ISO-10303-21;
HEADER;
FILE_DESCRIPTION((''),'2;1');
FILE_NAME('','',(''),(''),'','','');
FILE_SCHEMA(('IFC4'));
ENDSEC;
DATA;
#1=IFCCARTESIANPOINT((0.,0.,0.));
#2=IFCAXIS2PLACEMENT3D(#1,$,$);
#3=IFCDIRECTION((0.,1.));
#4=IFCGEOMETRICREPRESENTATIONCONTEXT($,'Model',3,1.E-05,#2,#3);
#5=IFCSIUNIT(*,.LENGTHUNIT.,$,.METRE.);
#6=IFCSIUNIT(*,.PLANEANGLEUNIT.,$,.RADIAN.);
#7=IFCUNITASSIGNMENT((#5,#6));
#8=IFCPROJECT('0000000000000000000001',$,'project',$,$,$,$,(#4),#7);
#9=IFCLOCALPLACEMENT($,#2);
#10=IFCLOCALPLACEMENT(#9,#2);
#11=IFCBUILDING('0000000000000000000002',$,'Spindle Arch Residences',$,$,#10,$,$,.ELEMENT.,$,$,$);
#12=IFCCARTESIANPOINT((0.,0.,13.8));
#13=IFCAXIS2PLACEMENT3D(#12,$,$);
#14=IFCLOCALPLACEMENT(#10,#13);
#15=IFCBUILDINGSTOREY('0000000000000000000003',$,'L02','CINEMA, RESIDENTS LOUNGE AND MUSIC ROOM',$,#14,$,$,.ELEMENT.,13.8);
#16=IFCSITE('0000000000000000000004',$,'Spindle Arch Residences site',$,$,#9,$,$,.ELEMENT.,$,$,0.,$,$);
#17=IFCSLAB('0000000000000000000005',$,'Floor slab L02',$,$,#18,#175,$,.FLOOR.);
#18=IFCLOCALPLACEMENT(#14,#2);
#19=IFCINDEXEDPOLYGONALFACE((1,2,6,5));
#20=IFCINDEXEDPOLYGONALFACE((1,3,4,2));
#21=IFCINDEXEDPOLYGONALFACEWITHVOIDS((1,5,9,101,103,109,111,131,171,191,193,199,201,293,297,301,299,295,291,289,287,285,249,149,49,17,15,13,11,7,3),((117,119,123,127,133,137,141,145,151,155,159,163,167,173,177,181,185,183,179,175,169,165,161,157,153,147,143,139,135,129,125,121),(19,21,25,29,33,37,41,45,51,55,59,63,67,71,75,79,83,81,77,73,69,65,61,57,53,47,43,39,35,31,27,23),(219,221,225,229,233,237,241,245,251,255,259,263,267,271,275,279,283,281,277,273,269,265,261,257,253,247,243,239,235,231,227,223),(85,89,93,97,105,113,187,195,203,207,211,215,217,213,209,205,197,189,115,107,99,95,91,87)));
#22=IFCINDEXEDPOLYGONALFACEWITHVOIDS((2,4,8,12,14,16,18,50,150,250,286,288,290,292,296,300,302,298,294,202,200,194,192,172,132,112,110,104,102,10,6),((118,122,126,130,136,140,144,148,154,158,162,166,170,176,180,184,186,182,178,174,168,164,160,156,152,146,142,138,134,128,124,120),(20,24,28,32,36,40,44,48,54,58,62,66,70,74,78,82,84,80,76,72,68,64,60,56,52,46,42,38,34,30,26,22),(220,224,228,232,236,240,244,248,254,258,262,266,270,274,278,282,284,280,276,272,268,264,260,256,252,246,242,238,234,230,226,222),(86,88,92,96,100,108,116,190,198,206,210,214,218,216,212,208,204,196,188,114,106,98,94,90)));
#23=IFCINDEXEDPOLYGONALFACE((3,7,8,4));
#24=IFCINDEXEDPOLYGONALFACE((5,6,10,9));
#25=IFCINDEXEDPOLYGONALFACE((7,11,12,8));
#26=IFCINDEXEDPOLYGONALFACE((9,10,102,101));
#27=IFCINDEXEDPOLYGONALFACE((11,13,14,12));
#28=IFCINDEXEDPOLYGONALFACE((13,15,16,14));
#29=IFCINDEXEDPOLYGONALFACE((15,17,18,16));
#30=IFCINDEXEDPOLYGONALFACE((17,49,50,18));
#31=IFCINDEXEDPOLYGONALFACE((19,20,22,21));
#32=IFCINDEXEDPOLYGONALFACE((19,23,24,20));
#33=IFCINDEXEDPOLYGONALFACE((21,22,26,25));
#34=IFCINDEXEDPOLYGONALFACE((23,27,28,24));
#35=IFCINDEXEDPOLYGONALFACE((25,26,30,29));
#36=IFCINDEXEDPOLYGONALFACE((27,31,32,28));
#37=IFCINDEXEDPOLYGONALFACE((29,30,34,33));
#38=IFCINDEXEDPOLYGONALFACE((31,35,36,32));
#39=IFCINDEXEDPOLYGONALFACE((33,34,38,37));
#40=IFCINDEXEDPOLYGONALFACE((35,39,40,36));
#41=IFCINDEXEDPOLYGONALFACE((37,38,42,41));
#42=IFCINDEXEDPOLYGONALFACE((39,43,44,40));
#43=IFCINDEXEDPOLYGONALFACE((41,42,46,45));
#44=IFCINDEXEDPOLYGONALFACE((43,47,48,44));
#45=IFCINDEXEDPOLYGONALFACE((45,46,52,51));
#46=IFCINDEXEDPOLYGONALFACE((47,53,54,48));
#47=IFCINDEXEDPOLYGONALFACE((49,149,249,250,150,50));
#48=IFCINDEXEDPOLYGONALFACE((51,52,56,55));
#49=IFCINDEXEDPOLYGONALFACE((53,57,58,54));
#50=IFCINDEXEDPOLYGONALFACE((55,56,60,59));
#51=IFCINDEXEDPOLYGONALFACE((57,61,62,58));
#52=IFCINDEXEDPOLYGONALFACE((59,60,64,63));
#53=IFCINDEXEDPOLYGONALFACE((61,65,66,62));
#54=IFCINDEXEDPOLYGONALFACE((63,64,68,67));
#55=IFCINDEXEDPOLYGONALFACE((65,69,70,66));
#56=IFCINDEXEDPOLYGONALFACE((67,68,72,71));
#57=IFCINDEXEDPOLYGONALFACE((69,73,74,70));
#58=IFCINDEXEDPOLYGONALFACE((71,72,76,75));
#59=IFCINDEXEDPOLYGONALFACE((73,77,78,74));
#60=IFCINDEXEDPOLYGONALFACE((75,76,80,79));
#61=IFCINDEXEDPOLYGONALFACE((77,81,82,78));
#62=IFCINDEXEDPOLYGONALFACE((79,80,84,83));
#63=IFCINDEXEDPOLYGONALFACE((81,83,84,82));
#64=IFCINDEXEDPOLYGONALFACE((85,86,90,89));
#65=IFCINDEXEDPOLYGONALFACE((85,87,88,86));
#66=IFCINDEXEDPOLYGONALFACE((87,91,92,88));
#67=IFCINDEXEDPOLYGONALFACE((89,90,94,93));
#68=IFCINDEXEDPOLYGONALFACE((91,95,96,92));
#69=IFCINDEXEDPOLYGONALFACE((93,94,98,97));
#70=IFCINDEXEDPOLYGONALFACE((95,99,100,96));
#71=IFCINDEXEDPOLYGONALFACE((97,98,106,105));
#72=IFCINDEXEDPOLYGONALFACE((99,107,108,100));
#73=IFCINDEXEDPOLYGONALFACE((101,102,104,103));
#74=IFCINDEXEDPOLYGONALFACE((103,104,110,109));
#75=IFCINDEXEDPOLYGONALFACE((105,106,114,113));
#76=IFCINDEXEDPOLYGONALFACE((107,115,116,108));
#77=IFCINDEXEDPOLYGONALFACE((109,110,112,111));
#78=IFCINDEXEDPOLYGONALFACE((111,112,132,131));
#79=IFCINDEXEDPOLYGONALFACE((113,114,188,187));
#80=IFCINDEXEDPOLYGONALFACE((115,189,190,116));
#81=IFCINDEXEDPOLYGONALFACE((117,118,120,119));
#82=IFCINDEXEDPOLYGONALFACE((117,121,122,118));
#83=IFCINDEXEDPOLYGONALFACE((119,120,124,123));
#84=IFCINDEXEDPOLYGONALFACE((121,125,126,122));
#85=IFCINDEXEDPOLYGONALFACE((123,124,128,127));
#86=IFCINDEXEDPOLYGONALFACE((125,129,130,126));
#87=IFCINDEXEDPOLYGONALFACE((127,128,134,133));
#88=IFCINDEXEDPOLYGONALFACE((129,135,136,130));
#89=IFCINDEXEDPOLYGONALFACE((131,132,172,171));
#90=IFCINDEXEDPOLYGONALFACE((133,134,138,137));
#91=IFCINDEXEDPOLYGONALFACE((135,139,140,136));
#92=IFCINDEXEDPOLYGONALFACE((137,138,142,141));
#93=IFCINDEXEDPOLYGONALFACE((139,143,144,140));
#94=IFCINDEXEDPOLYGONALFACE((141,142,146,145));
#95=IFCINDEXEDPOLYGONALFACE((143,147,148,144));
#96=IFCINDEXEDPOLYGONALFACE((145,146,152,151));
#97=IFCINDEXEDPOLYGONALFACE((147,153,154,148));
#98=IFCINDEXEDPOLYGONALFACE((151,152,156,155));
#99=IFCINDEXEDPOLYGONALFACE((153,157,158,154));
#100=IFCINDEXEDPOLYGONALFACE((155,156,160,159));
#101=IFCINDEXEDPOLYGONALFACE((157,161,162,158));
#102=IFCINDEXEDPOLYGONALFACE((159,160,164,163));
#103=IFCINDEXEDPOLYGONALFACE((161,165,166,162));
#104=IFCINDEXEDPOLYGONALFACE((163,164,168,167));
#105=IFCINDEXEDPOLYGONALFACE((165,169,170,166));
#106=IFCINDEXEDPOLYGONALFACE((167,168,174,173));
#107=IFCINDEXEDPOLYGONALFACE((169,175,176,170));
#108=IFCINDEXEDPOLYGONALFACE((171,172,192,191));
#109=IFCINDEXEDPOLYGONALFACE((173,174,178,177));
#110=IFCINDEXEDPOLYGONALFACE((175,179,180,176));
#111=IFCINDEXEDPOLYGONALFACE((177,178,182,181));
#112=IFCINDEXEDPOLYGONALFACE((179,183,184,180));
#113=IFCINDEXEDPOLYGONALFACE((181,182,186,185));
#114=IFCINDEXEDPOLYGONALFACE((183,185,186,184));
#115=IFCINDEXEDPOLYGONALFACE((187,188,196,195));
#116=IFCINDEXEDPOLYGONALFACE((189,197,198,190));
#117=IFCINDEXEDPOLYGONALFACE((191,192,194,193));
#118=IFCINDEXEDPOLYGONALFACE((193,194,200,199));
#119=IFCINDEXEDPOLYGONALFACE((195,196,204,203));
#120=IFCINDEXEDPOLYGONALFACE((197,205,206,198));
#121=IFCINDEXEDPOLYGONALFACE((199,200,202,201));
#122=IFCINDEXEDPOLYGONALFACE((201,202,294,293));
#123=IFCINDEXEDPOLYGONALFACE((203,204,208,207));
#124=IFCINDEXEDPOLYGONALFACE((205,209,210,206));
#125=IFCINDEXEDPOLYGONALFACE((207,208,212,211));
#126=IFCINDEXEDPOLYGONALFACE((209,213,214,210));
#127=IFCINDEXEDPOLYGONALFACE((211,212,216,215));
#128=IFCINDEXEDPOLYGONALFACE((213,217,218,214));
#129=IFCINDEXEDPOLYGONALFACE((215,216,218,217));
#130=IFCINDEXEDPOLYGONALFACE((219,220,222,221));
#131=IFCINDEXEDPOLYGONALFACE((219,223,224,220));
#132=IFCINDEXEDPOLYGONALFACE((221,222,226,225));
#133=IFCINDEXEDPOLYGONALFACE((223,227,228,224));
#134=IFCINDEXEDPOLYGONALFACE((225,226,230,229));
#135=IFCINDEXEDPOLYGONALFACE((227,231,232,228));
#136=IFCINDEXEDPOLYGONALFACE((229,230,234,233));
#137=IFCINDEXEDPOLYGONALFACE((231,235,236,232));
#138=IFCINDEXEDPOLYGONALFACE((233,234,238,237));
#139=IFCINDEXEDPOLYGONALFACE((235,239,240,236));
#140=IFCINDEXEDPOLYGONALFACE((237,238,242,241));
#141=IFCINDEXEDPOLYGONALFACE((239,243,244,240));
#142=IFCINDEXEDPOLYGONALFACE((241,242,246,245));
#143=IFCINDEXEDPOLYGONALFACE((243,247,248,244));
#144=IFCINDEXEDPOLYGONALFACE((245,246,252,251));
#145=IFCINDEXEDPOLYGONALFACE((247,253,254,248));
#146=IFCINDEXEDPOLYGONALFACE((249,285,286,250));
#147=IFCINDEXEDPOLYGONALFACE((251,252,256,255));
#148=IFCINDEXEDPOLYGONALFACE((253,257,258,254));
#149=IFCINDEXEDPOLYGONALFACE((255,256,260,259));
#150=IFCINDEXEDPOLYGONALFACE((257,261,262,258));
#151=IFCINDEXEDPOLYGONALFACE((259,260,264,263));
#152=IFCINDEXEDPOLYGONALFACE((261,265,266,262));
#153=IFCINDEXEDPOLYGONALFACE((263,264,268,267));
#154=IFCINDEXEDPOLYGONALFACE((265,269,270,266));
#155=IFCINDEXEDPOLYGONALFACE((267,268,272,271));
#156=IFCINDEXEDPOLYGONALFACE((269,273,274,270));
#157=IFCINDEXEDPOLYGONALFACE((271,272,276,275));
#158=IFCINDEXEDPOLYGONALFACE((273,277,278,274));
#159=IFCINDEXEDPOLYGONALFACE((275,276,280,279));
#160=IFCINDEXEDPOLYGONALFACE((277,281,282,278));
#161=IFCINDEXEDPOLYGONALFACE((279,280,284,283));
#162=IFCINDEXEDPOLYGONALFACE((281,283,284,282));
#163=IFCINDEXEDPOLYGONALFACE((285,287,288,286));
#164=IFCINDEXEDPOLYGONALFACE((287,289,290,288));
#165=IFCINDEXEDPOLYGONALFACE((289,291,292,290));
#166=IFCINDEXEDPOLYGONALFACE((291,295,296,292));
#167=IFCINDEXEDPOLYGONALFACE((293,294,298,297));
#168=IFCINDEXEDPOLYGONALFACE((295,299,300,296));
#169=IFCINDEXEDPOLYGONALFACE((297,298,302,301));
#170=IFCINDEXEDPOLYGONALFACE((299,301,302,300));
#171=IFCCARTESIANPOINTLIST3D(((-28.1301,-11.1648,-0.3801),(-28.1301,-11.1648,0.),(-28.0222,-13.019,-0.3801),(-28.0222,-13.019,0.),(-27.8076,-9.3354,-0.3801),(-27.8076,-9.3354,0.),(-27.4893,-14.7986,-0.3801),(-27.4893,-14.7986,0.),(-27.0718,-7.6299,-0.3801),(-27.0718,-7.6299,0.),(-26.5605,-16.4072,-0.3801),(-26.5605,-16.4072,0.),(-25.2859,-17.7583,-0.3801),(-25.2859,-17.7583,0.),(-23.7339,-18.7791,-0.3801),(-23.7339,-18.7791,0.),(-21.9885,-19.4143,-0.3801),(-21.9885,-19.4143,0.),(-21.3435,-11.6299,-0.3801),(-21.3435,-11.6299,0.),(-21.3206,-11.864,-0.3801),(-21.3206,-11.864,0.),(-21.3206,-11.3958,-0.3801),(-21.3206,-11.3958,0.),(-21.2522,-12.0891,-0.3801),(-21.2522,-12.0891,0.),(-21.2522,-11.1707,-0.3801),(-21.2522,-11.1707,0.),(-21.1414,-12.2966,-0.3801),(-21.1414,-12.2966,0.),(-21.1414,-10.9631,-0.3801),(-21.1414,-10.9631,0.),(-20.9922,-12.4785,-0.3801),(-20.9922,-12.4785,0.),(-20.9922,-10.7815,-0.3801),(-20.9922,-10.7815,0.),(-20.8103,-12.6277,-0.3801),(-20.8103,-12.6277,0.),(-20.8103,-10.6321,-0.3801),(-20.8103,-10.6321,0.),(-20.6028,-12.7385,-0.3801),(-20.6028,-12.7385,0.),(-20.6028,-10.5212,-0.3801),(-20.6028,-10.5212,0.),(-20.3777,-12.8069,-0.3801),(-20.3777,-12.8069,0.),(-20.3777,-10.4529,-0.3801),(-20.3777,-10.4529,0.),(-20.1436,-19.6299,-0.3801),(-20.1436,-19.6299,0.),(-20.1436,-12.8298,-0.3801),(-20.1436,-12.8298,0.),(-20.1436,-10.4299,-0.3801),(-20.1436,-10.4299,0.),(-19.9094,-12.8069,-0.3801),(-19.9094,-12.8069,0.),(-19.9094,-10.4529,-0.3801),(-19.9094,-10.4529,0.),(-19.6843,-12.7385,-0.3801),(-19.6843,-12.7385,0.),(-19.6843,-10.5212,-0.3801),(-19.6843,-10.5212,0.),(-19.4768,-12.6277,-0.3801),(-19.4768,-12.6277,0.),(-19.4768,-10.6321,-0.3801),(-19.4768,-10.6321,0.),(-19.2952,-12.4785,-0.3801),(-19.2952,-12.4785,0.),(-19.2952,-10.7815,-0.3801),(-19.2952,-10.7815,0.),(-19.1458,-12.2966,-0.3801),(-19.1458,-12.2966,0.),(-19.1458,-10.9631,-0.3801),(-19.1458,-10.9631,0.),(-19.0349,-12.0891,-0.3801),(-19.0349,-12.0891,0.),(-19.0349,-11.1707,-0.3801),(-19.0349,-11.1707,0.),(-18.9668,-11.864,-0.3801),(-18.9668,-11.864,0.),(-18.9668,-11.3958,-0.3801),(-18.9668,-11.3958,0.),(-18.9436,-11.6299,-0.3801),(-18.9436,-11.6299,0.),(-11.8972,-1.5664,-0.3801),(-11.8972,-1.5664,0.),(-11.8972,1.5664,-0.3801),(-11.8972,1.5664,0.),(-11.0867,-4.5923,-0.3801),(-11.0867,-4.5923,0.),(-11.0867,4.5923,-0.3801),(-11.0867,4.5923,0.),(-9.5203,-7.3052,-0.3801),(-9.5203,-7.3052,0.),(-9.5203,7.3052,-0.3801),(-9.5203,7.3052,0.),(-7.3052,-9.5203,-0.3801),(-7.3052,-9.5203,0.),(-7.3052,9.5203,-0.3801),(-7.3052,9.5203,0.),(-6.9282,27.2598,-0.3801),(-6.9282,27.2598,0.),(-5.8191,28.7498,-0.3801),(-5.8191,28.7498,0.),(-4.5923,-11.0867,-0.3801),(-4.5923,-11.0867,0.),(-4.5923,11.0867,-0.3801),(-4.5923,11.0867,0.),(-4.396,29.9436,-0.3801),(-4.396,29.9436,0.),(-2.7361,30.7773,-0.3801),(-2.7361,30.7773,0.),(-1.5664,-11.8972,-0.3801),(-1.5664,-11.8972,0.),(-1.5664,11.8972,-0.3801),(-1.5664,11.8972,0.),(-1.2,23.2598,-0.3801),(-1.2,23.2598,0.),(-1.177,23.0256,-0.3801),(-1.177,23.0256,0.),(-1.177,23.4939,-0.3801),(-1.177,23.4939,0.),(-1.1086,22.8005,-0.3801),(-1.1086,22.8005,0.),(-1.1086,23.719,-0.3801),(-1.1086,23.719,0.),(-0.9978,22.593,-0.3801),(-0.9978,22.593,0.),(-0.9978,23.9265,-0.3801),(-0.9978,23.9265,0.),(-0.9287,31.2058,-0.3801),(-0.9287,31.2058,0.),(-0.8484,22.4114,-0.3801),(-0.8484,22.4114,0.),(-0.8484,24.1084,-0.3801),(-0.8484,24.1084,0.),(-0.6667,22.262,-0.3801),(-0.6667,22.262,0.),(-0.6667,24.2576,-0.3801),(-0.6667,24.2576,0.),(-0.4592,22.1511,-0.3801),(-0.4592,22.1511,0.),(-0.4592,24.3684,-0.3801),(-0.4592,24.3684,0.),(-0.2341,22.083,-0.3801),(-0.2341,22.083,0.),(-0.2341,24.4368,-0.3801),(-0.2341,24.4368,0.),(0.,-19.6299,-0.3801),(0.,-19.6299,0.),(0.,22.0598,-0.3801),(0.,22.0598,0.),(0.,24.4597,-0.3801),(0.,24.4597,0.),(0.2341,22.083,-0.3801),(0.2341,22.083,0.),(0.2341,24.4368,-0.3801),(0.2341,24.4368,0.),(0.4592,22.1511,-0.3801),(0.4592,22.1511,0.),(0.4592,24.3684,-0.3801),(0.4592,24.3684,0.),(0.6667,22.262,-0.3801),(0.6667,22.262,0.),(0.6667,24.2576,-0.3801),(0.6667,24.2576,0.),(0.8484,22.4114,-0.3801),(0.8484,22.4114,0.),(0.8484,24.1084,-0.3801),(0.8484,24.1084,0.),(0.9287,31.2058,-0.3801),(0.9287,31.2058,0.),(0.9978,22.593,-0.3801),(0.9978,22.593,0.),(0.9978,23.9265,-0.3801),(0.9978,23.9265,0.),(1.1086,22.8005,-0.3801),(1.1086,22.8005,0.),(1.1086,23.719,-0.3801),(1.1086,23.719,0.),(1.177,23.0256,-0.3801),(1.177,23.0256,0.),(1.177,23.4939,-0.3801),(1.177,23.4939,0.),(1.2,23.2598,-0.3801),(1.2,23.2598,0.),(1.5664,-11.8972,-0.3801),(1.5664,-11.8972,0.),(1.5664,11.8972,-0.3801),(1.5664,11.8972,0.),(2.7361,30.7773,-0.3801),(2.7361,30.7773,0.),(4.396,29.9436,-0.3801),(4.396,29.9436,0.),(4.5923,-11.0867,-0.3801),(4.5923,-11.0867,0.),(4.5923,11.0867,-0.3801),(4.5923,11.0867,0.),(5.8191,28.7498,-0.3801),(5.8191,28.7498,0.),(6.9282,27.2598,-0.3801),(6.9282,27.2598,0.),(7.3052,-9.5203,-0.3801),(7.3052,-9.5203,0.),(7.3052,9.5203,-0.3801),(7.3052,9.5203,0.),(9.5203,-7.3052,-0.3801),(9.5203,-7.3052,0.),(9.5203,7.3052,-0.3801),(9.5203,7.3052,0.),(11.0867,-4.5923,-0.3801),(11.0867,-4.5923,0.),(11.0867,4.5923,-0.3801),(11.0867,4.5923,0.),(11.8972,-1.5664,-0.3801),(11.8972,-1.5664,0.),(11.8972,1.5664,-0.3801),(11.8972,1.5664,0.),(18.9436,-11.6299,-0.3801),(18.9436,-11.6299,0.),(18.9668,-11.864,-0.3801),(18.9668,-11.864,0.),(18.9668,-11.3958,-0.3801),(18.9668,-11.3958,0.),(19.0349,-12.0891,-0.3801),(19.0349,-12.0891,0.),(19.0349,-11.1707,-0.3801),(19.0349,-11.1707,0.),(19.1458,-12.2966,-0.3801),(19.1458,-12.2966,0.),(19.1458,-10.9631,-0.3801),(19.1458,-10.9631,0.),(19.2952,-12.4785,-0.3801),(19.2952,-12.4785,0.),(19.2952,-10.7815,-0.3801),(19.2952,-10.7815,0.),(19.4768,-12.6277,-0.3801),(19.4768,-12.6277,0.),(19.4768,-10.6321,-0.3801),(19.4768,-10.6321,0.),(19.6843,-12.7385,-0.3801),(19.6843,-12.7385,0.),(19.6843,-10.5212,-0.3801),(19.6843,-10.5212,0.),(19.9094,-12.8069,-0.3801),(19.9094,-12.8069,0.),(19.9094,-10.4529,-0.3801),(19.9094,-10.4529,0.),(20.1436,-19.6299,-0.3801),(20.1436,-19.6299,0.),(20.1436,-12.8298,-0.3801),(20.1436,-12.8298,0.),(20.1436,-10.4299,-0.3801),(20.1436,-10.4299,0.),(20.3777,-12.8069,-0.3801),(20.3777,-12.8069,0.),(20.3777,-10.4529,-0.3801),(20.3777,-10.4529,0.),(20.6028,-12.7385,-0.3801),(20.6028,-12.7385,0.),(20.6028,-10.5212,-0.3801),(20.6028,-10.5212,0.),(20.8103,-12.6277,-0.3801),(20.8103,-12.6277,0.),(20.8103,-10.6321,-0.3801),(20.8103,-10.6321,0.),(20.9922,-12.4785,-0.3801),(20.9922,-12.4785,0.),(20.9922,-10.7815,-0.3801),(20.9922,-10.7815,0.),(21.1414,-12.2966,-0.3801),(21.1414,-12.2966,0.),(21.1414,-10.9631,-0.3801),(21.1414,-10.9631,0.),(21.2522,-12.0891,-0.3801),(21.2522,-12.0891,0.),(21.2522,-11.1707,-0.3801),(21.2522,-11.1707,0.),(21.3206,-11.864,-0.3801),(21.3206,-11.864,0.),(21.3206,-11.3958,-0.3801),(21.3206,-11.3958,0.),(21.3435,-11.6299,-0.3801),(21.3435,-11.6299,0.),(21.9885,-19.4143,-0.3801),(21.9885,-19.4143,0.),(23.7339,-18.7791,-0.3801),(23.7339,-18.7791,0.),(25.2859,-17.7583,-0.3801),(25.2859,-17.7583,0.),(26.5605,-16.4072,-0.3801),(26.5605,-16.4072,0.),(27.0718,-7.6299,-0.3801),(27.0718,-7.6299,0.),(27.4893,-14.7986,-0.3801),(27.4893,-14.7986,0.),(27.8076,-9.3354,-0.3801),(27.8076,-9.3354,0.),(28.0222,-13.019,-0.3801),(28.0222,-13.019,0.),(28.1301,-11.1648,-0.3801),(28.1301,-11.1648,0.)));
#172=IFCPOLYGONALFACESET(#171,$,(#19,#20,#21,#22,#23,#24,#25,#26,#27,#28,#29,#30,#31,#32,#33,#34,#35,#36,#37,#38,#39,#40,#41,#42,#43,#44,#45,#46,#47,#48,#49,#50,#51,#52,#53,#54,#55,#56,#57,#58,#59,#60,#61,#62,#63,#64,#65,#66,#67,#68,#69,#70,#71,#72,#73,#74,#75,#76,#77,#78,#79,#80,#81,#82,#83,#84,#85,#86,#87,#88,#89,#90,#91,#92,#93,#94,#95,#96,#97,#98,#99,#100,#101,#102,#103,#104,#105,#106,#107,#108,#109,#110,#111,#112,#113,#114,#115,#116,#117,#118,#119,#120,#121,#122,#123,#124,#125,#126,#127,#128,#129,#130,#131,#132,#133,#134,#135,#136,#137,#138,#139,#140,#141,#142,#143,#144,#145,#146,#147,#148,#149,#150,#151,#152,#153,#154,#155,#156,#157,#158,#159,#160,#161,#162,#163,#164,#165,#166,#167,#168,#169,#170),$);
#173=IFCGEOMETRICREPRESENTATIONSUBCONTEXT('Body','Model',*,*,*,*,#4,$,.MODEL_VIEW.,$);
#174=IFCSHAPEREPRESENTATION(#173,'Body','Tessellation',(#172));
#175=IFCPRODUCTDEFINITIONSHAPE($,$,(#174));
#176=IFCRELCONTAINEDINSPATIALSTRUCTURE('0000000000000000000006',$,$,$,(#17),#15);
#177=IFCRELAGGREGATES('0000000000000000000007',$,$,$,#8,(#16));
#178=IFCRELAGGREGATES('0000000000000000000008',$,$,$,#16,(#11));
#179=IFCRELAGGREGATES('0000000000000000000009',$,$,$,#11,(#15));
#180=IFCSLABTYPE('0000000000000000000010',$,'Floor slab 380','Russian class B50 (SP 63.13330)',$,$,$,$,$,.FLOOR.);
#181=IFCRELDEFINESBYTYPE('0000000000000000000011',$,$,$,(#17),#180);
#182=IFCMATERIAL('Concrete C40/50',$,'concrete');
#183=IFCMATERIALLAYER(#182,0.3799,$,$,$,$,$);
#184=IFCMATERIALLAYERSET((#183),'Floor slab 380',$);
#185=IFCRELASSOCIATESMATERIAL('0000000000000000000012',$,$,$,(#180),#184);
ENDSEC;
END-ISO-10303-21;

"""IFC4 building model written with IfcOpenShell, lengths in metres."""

from ifc_helpers import new_model, si_unit, direction, frame, origin, place, context, subcontext, project, spatial, polyline, outline, extrude, material, layer, layer_set, type_object, element, save


model = new_model("IFC4")

# Units and contexts
model_context = context("Model", 3, precision=1e-05, world=origin(), true_north=direction((0.0, 1.0)))
body_context = subcontext(model_context, "Body", "Model", "MODEL_VIEW")
ifc_project = project(units=[si_unit("LENGTHUNIT", "METRE"), si_unit("PLANEANGLEUNIT", "RADIAN")], contexts=[model_context])

# Site, building, storey
site_placement = place(None, origin())
site = spatial("IfcSite", under=ifc_project, at=site_placement, Name="Spindle Arch Residences site", CompositionType="ELEMENT", RefElevation=0.0)
building_placement = place(site_placement, origin())
building = spatial("IfcBuilding", under=site, at=building_placement, Name="Spindle Arch Residences", CompositionType="ELEMENT")
storey_placement = place(building_placement, frame((0.0, 0.0, 13.8)))
storey = spatial("IfcBuildingStorey", under=building, at=storey_placement, Name="L02", Description="CINEMA, RESIDENTS LOUNGE AND MUSIC ROOM", CompositionType="ELEMENT", Elevation=13.8)

# Slab
ifc_material_1 = material(Name="Concrete C40/50", Category="concrete")
ifc_layer_1 = layer(ifc_material_1, 0.3799)
ifc_layer_set_1 = layer_set([ifc_layer_1], Name="Floor slab 380")
slab_type_1 = type_object("IfcSlabType", Name="Floor slab 380", Description="Russian class B50 (SP 63.13330)", PredefinedType="FLOOR", material=ifc_layer_set_1)
slab_1_placement = place(storey_placement, frame((0.0, 0.0, -0.3801)))
element("IfcSlab", 1, at=slab_1_placement, inside=storey, type_object=slab_type_1, Name="Floor slab L02", PredefinedType="FLOOR", context=body_context, shape_type="SweptSolid", body=[
    extrude(outline(polyline([(-21.9885, -19.4143), (-23.7339, -18.7791), (-25.2859, -17.7583), (-26.5605, -16.4072), (-27.4893, -14.7986), (-28.0222, -13.019), (-28.1301, -11.1648), (-27.8076, -9.3354), (-27.0718, -7.6299), (-6.9282, 27.2598), (-5.8191, 28.7498), (-4.396, 29.9436), (-2.7361, 30.7773), (-0.9287, 31.2058), (0.9287, 31.2058), (2.7361, 30.7773), (4.396, 29.9436), (5.8191, 28.7498), (6.9282, 27.2598), (27.0718, -7.6299), (27.8076, -9.3354), (28.1301, -11.1648), (28.0222, -13.019), (27.4893, -14.7986), (26.5605, -16.4072), (25.2859, -17.7583), (23.7339, -18.7791), (21.9885, -19.4143), (20.1436, -19.6299), (0.0, -19.6299), (-20.1436, -19.6299), (-21.9885, -19.4143)]), holes=[polyline([(7.3052, -9.5203), (9.5203, -7.3052), (11.0867, -4.5923), (11.8972, -1.5664), (11.8972, 1.5664), (11.0867, 4.5923), (9.5203, 7.3052), (7.3052, 9.5203), (4.5923, 11.0867), (1.5664, 11.8972), (-1.5664, 11.8972), (-4.5923, 11.0867), (-7.3052, 9.5203), (-9.5203, 7.3052), (-11.0867, 4.5923), (-11.8972, 1.5664), (-11.8972, -1.5664), (-11.0867, -4.5923), (-9.5203, -7.3052), (-7.3052, -9.5203), (-4.5923, -11.0867), (-1.5664, -11.8972), (1.5664, -11.8972), (4.5923, -11.0867), (7.3052, -9.5203)]), polyline([(-19.2952, -12.4785), (-19.1458, -12.2966), (-19.0349, -12.0891), (-18.9668, -11.864), (-18.9436, -11.6299), (-18.9668, -11.3958), (-19.0349, -11.1707), (-19.1458, -10.9631), (-19.2952, -10.7815), (-19.4768, -10.6321), (-19.6843, -10.5212), (-19.9094, -10.4529), (-20.1436, -10.4299), (-20.3777, -10.4529), (-20.6028, -10.5212), (-20.8103, -10.6321), (-20.9922, -10.7815), (-21.1414, -10.9631), (-21.2522, -11.1707), (-21.3206, -11.3958), (-21.3435, -11.6299), (-21.3206, -11.864), (-21.2522, -12.0891), (-21.1414, -12.2966), (-20.9922, -12.4785), (-20.8103, -12.6277), (-20.6028, -12.7385), (-20.3777, -12.8069), (-20.1436, -12.8298), (-19.9094, -12.8069), (-19.6843, -12.7385), (-19.4768, -12.6277), (-19.2952, -12.4785)]), polyline([(0.8484, 22.4114), (0.9978, 22.593), (1.1086, 22.8005), (1.177, 23.0256), (1.2, 23.2598), (1.177, 23.4939), (1.1086, 23.719), (0.9978, 23.9265), (0.8484, 24.1084), (0.6667, 24.2576), (0.4592, 24.3684), (0.2341, 24.4368), (0.0, 24.4597), (-0.2341, 24.4368), (-0.4592, 24.3684), (-0.6667, 24.2576), (-0.8484, 24.1084), (-0.9978, 23.9265), (-1.1086, 23.719), (-1.177, 23.4939), (-1.2, 23.2598), (-1.177, 23.0256), (-1.1086, 22.8005), (-0.9978, 22.593), (-0.8484, 22.4114), (-0.6667, 22.262), (-0.4592, 22.1511), (-0.2341, 22.083), (0.0, 22.0598), (0.2341, 22.083), (0.4592, 22.1511), (0.6667, 22.262), (0.8484, 22.4114)]), polyline([(20.9922, -12.4785), (21.1414, -12.2966), (21.2522, -12.0891), (21.3206, -11.864), (21.3435, -11.6299), (21.3206, -11.3958), (21.2522, -11.1707), (21.1414, -10.9631), (20.9922, -10.7815), (20.8103, -10.6321), (20.6028, -10.5212), (20.3777, -10.4529), (20.1436, -10.4299), (19.9094, -10.4529), (19.6843, -10.5212), (19.4768, -10.6321), (19.2952, -10.7815), (19.1458, -10.9631), (19.0349, -11.1707), (18.9668, -11.3958), (18.9436, -11.6299), (18.9668, -11.864), (19.0349, -12.0891), (19.1458, -12.2966), (19.2952, -12.4785), (19.4768, -12.6277), (19.6843, -12.7385), (19.9094, -12.8069), (20.1436, -12.8298), (20.3777, -12.8069), (20.6028, -12.7385), (20.8103, -12.6277), (20.9922, -12.4785)])]), origin(), (0.0, 0.0, 1.0), 0.3801),
])

save(model, "model.ifc")
